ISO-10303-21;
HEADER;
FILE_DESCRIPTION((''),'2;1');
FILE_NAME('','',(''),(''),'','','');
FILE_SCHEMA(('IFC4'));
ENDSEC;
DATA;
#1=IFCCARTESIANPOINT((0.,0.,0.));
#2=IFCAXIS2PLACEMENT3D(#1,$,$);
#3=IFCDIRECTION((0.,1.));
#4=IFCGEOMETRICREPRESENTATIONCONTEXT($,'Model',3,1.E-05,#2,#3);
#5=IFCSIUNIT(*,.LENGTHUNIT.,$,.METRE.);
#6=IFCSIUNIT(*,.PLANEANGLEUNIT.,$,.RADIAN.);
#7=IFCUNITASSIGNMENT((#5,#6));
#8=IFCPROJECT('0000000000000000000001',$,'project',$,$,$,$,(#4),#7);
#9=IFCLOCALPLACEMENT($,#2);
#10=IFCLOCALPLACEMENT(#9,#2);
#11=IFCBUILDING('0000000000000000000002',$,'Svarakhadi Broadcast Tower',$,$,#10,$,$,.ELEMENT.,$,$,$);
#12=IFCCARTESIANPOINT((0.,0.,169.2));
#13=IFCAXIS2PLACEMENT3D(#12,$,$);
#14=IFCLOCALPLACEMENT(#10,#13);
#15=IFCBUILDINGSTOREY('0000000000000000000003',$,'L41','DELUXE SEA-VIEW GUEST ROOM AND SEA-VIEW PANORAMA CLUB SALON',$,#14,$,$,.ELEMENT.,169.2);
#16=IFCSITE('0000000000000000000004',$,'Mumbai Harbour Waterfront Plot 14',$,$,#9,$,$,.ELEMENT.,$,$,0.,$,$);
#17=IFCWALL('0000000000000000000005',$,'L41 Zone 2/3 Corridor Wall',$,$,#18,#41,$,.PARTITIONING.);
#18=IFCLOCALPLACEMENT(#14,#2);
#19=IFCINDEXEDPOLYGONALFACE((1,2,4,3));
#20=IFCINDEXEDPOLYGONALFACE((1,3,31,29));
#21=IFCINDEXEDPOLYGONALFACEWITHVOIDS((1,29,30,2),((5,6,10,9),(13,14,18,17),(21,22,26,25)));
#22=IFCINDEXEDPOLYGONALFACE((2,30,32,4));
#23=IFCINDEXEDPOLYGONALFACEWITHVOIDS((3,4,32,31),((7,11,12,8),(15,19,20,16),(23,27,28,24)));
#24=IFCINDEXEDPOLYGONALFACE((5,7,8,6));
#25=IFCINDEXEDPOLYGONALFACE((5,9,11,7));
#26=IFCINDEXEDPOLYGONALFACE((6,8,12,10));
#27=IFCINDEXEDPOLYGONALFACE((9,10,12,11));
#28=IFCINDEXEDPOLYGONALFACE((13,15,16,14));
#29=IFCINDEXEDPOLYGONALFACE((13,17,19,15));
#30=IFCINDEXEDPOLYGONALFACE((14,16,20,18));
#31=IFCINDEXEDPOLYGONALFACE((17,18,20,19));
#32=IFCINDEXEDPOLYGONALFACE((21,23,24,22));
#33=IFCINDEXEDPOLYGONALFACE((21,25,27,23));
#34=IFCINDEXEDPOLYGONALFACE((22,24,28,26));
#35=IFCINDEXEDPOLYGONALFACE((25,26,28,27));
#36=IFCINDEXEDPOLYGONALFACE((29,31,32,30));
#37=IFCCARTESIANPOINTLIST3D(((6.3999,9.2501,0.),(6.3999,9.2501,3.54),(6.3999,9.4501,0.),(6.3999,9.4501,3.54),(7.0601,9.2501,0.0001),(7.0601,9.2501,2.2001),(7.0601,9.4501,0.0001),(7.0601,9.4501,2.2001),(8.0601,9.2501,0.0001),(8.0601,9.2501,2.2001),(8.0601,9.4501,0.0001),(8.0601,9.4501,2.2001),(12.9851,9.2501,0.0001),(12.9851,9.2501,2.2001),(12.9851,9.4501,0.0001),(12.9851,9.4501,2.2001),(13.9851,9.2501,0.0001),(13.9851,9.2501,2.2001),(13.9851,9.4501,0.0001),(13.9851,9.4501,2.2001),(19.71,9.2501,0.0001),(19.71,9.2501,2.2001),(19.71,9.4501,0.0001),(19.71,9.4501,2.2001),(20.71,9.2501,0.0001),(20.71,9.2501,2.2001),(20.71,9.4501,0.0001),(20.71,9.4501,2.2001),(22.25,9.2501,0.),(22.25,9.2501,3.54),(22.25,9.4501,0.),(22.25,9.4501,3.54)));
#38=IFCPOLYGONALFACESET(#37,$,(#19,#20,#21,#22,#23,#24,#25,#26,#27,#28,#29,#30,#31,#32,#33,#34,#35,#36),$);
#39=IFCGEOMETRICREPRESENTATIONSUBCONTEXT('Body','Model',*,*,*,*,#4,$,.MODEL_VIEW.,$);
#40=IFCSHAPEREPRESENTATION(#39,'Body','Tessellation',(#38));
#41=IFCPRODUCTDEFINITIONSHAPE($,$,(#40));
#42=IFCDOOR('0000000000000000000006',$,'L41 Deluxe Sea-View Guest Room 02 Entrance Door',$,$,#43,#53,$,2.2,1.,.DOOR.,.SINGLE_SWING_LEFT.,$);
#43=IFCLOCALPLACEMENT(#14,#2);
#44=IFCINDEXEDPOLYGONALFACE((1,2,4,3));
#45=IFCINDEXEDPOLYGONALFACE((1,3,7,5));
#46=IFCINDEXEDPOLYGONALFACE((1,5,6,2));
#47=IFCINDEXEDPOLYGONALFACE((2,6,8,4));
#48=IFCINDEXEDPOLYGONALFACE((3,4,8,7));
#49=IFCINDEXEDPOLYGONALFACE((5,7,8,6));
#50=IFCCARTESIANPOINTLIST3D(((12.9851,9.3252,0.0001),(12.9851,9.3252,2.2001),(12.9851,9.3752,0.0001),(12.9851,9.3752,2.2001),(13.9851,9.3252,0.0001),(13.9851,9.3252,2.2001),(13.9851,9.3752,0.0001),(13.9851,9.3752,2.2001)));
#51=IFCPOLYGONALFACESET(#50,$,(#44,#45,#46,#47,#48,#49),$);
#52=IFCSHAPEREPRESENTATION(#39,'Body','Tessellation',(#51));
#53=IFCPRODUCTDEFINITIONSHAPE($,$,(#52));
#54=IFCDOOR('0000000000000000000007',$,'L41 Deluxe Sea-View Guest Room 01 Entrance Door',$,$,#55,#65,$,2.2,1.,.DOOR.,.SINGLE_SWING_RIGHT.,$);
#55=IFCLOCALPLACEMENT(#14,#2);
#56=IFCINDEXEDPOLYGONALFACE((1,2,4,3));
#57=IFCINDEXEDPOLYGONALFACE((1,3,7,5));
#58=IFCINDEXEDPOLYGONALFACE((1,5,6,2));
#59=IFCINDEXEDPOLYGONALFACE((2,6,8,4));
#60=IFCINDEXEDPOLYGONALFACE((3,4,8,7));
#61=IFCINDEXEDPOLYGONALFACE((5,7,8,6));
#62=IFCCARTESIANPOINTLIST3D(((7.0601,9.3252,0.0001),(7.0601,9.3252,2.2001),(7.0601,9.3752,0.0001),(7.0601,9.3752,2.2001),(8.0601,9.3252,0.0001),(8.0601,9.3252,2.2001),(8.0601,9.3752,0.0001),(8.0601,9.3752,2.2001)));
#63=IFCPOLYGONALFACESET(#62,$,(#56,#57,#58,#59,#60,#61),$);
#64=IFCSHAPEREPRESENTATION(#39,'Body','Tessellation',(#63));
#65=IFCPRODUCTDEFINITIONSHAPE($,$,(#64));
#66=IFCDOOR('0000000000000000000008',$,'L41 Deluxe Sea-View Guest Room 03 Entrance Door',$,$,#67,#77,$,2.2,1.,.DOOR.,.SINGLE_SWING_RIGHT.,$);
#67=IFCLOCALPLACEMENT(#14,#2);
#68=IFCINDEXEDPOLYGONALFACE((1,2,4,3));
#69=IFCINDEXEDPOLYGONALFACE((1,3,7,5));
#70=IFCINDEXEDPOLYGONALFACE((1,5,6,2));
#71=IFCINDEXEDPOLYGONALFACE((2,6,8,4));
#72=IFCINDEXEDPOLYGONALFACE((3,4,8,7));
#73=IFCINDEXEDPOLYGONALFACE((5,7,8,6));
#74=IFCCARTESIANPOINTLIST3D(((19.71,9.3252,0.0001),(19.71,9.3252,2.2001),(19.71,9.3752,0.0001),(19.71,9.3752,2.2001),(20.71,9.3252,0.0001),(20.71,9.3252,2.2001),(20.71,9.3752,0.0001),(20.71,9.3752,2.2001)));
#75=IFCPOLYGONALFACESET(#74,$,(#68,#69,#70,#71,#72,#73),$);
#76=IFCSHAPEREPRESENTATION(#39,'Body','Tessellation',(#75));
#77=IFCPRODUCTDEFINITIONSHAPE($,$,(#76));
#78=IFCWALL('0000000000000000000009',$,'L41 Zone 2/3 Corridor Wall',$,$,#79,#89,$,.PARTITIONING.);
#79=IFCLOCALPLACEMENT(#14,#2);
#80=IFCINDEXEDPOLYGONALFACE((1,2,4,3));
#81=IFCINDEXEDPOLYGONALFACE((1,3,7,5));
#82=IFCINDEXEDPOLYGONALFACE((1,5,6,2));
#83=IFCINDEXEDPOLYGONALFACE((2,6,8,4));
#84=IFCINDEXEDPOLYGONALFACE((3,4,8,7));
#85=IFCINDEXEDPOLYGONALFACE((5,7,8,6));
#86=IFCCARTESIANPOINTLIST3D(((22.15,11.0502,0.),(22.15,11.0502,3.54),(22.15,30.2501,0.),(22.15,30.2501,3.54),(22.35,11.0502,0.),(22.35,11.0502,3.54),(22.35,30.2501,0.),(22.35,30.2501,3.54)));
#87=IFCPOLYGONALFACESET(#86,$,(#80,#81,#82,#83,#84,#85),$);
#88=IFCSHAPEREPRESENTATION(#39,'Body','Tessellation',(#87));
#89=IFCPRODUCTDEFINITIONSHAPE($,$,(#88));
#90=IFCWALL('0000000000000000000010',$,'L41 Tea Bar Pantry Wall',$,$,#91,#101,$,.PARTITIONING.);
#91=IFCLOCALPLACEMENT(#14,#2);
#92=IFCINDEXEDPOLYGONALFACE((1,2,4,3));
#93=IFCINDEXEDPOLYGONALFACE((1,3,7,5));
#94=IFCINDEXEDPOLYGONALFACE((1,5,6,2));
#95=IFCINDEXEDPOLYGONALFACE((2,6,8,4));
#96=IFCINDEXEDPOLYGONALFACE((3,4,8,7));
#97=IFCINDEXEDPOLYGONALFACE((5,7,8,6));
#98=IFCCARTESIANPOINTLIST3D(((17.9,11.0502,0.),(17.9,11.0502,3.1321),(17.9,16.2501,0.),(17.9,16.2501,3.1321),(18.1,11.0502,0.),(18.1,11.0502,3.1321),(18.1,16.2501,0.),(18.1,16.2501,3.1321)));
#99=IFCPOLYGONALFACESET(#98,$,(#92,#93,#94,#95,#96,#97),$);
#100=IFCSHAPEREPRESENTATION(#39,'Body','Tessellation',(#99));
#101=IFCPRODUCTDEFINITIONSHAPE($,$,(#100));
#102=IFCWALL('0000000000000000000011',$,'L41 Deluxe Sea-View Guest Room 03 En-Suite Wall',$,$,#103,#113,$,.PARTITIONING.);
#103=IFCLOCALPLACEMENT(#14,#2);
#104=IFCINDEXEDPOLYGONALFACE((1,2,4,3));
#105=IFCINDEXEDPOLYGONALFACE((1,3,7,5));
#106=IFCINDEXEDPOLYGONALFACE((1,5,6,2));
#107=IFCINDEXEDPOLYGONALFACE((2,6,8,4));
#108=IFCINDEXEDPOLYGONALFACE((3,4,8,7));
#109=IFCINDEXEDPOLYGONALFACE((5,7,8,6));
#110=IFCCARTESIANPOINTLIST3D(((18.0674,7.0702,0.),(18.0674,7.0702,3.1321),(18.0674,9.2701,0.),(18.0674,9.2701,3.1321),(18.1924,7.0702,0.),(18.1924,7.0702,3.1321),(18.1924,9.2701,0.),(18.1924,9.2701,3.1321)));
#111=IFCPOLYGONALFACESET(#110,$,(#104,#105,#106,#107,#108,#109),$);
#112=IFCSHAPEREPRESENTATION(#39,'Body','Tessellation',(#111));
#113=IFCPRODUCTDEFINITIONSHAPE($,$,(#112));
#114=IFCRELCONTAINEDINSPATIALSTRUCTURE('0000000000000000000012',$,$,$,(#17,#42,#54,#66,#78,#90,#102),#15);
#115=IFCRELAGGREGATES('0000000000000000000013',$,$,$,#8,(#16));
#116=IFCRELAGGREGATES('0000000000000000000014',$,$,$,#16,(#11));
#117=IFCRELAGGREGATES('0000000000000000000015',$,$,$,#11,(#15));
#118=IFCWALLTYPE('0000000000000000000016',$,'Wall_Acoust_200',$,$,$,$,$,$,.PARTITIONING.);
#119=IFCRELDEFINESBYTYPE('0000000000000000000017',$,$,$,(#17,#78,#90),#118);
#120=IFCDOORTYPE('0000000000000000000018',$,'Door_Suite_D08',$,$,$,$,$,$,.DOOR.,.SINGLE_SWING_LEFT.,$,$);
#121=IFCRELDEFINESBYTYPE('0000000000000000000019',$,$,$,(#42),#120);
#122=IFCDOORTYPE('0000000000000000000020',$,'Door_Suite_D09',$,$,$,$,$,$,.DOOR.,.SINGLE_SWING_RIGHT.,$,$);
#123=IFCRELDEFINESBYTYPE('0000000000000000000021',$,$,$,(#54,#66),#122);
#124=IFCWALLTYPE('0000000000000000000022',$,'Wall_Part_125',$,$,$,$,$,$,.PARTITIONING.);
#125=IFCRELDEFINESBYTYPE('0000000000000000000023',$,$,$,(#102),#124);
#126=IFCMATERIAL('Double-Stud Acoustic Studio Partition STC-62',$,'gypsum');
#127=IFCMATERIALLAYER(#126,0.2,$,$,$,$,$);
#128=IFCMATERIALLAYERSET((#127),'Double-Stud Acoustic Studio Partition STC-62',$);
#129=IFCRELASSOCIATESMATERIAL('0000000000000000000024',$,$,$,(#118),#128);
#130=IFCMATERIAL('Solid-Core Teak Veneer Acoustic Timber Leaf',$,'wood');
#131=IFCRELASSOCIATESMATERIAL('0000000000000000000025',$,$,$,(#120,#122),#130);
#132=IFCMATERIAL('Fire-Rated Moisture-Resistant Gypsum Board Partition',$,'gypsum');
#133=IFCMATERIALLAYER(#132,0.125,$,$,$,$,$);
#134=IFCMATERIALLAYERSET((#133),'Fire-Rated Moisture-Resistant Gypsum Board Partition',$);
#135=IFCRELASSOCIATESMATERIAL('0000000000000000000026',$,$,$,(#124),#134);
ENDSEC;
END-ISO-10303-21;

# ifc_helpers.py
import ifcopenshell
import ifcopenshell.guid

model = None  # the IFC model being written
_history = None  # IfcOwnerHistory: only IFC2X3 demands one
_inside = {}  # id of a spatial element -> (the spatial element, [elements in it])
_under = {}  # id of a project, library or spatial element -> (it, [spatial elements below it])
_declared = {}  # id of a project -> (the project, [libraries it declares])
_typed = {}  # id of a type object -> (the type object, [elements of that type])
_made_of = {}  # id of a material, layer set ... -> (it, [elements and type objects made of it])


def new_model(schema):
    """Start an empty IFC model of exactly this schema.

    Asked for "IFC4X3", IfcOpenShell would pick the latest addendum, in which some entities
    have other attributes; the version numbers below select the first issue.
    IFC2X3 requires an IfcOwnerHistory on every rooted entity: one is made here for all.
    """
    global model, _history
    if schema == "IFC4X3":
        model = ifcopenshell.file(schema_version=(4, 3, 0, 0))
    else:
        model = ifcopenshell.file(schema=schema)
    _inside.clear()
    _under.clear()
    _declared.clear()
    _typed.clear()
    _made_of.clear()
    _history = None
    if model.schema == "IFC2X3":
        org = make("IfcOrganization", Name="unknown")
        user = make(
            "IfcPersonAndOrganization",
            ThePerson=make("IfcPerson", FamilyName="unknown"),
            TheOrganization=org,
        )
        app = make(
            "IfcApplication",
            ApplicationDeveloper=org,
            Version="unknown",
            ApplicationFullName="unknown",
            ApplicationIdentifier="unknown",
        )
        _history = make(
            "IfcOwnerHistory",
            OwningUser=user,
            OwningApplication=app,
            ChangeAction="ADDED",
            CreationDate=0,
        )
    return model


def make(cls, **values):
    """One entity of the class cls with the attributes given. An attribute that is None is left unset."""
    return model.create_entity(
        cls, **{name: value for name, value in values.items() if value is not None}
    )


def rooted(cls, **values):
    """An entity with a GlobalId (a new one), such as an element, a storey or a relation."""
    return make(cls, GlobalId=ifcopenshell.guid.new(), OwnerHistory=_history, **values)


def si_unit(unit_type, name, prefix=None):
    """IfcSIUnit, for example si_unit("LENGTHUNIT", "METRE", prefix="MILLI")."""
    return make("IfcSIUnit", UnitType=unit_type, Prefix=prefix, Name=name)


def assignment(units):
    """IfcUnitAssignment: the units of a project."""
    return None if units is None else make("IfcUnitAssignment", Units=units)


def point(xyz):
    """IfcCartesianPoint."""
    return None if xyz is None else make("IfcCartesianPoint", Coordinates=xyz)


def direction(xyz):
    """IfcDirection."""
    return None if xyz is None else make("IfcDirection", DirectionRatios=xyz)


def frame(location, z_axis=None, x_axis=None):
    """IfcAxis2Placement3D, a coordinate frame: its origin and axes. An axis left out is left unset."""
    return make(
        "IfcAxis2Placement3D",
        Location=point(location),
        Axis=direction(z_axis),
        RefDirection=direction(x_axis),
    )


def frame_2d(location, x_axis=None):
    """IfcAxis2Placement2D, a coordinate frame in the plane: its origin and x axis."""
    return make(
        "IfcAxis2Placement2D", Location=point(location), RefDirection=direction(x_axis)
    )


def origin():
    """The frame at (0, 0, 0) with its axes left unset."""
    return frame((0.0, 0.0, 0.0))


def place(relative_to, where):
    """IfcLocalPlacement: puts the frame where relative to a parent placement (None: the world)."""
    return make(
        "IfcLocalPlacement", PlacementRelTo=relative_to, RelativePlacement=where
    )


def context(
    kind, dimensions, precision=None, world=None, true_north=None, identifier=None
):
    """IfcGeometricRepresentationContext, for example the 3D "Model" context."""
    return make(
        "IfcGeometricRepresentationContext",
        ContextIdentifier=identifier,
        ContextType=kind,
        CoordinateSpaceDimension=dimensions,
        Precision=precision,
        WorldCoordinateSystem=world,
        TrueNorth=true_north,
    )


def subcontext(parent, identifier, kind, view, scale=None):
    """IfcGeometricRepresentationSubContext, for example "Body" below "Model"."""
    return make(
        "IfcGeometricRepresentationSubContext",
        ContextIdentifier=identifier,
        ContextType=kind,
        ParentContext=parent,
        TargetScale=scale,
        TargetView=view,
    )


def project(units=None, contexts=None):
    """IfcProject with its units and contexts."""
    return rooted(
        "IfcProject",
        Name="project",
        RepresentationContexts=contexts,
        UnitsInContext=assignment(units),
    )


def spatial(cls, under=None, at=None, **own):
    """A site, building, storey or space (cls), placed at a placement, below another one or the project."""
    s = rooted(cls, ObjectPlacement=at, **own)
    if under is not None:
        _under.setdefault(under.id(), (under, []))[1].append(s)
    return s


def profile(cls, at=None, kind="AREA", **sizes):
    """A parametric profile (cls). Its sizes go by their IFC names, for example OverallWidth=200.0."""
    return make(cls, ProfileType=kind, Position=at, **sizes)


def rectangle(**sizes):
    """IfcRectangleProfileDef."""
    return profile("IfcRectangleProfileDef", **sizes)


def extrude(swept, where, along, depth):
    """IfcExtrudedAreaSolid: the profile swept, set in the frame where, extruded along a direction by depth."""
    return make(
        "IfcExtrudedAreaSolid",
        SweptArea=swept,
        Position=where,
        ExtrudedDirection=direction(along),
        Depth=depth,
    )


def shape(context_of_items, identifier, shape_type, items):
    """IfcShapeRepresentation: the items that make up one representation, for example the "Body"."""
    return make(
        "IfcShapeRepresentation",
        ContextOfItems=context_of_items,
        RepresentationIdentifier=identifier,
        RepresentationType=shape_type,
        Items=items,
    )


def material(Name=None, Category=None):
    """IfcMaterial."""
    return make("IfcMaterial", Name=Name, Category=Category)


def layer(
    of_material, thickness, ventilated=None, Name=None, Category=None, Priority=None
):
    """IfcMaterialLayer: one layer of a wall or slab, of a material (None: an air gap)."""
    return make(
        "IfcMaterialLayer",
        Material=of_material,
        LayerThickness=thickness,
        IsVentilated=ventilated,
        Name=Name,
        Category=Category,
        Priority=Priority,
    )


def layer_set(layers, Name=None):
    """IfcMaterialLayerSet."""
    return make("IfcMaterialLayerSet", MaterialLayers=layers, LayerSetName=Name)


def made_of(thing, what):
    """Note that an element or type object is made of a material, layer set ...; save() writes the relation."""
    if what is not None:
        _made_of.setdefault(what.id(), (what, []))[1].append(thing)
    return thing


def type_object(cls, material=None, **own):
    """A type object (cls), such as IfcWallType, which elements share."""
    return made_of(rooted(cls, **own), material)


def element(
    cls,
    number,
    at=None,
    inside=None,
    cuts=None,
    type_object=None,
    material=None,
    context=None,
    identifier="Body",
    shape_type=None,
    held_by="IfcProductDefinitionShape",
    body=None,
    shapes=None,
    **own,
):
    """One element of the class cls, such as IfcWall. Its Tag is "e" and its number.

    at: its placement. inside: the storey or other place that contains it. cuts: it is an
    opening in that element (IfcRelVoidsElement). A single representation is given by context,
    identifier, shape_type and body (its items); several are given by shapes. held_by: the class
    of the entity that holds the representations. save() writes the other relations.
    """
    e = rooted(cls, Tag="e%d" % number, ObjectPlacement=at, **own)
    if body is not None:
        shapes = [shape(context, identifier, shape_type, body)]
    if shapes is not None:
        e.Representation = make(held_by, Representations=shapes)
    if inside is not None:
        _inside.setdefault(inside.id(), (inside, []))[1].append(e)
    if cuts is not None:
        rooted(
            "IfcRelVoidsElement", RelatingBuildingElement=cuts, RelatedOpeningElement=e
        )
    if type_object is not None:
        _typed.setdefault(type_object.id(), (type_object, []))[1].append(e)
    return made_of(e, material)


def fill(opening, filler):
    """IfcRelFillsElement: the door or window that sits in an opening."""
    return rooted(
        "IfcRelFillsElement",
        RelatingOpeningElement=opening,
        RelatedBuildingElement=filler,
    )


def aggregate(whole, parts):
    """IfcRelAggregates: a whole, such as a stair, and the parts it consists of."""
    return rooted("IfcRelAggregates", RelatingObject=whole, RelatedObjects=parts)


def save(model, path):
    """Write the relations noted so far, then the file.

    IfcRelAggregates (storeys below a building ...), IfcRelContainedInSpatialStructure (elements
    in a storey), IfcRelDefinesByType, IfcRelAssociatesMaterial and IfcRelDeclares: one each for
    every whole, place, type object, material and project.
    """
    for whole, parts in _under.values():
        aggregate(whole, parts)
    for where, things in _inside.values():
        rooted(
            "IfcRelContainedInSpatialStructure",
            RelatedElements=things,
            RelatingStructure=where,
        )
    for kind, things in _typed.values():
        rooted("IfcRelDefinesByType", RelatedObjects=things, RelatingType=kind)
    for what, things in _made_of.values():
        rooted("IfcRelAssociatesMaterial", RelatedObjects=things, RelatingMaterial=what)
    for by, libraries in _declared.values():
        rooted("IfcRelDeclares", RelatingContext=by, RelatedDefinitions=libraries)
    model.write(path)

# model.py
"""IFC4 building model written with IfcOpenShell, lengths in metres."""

from ifc_helpers import new_model, si_unit, direction, frame, frame_2d, origin, place, context, subcontext, project, spatial, rectangle, extrude, material, layer, layer_set, type_object, element, fill, save


model = new_model("IFC4")

# Units and contexts
model_context = context("Model", 3, precision=1e-05, world=origin(), true_north=direction((0.0, 1.0)))
body_context = subcontext(model_context, "Body", "Model", "MODEL_VIEW")
ifc_project = project(units=[si_unit("LENGTHUNIT", "METRE"), si_unit("PLANEANGLEUNIT", "RADIAN")], contexts=[model_context])

# Site, building, storey
site_placement = place(None, origin())
site = spatial("IfcSite", under=ifc_project, at=site_placement, Name="Mumbai Harbour Waterfront Plot 14", CompositionType="ELEMENT", RefElevation=0.0)
building_placement = place(site_placement, origin())
building = spatial("IfcBuilding", under=site, at=building_placement, Name="Svarakhadi Broadcast Tower", CompositionType="ELEMENT")
storey_placement = place(building_placement, frame((0.0, 0.0, 169.2)))
storey = spatial("IfcBuildingStorey", under=building, at=storey_placement, Name="L41", Description="DELUXE SEA-VIEW GUEST ROOM AND SEA-VIEW PANORAMA CLUB SALON", CompositionType="ELEMENT", Elevation=169.2)

# Shared definitions
ifc_material_1 = material(Name="Double-Stud Acoustic Studio Partition STC-62", Category="gypsum")
ifc_layer_1 = layer(ifc_material_1, 0.2)
ifc_layer_set_1 = layer_set([ifc_layer_1], Name="Double-Stud Acoustic Studio Partition STC-62")
wall_type_1 = type_object("IfcWallType", Name="Wall_Acoust_200", PredefinedType="PARTITIONING", material=ifc_layer_set_1)

# Wall, openings, doors
wall_1_placement = place(storey_placement, frame((22.25, 9.3501, 0.0), z_axis=(0.0, 0.0, 1.0), x_axis=(-1.0, 0.0, 0.0)))
wall_1 = element("IfcWall", 1, at=wall_1_placement, inside=storey, type_object=wall_type_1, Name="L41 Zone 2/3 Corridor Wall", PredefinedType="PARTITIONING", context=body_context, shape_type="SweptSolid", body=[
    extrude(rectangle(XDim=15.8501, YDim=0.2, at=frame_2d((7.925, 0.0))), origin(), (0.0, 0.0, 1.0), 3.54),
])
opening_1_placement = place(wall_1_placement, frame((14.1899, 0.0, 0.0)))
opening_1 = element("IfcOpeningElement", 2, at=opening_1_placement, cuts=wall_1, PredefinedType="OPENING", context=body_context, shape_type="SweptSolid", body=[
    extrude(rectangle(XDim=1.0, YDim=2.2, at=frame_2d((0.5, 1.1001))), frame((0.0, 0.1099, 0.0), z_axis=(0.0, -1.0, 0.0), x_axis=(1.0, 0.0, 0.0)), (0.0, 0.0, 1.0), 0.22),
])
opening_2_placement = place(wall_1_placement, frame((8.2649, 0.0, 0.0)))
opening_2 = element("IfcOpeningElement", 3, at=opening_2_placement, cuts=wall_1, PredefinedType="OPENING", context=body_context, shape_type="SweptSolid", body=[
    extrude(rectangle(XDim=1.0, YDim=2.2, at=frame_2d((0.5, 1.1001))), frame((0.0, 0.1099, 0.0), z_axis=(0.0, -1.0, 0.0), x_axis=(1.0, 0.0, 0.0)), (0.0, 0.0, 1.0), 0.22),
])
opening_3_placement = place(wall_1_placement, frame((1.54, 0.0, 0.0)))
opening_3 = element("IfcOpeningElement", 4, at=opening_3_placement, cuts=wall_1, PredefinedType="OPENING", context=body_context, shape_type="SweptSolid", body=[
    extrude(rectangle(XDim=1.0, YDim=2.2, at=frame_2d((0.5, 1.1001))), frame((0.0, 0.1099, 0.0), z_axis=(0.0, -1.0, 0.0), x_axis=(1.0, 0.0, 0.0)), (0.0, 0.0, 1.0), 0.22),
])
ifc_material_2 = material(Name="Solid-Core Teak Veneer Acoustic Timber Leaf", Category="wood")
door_type_1 = type_object("IfcDoorType", Name="Door_Suite_D08", OperationType="SINGLE_SWING_LEFT", PredefinedType="DOOR", material=ifc_material_2)
door_1_placement = place(opening_2_placement, origin())
door_1 = element("IfcDoor", 5, at=door_1_placement, inside=storey, type_object=door_type_1, Name="L41 Deluxe Sea-View Guest Room 02 Entrance Door", OperationType="SINGLE_SWING_LEFT", OverallHeight=2.2, OverallWidth=1.0, PredefinedType="DOOR", context=body_context, shape_type="SweptSolid", body=[
    extrude(rectangle(XDim=1.0, YDim=2.2, at=frame_2d((0.5, 1.1001))), frame((0.0, 0.0249, 0.0), z_axis=(0.0, -1.0, 0.0), x_axis=(1.0, 0.0, 0.0)), (0.0, 0.0, 1.0), 0.05),
])
fill(opening_2, door_1)
door_type_2 = type_object("IfcDoorType", Name="Door_Suite_D09", OperationType="SINGLE_SWING_RIGHT", PredefinedType="DOOR", material=ifc_material_2)
door_2_placement = place(opening_1_placement, origin())
door_2 = element("IfcDoor", 6, at=door_2_placement, inside=storey, type_object=door_type_2, Name="L41 Deluxe Sea-View Guest Room 01 Entrance Door", OperationType="SINGLE_SWING_RIGHT", OverallHeight=2.2, OverallWidth=1.0, PredefinedType="DOOR", context=body_context, shape_type="SweptSolid", body=[
    extrude(rectangle(XDim=1.0, YDim=2.2, at=frame_2d((0.5, 1.1001))), frame((0.0, 0.0249, 0.0), z_axis=(0.0, -1.0, 0.0), x_axis=(1.0, 0.0, 0.0)), (0.0, 0.0, 1.0), 0.05),
])
fill(opening_1, door_2)
door_3_placement = place(opening_3_placement, origin())
door_3 = element("IfcDoor", 7, at=door_3_placement, inside=storey, type_object=door_type_2, Name="L41 Deluxe Sea-View Guest Room 03 Entrance Door", OperationType="SINGLE_SWING_RIGHT", OverallHeight=2.2, OverallWidth=1.0, PredefinedType="DOOR", context=body_context, shape_type="SweptSolid", body=[
    extrude(rectangle(XDim=1.0, YDim=2.2, at=frame_2d((0.5, 1.1001))), frame((0.0, 0.0249, 0.0), z_axis=(0.0, -1.0, 0.0), x_axis=(1.0, 0.0, 0.0)), (0.0, 0.0, 1.0), 0.05),
])
fill(opening_3, door_3)

# Walls
wall_2_placement = place(storey_placement, frame((22.25, 11.05, 0.0), z_axis=(0.0, 0.0, 1.0), x_axis=(0.0, 1.0, 0.0)))
element("IfcWall", 8, at=wall_2_placement, inside=storey, type_object=wall_type_1, Name="L41 Zone 2/3 Corridor Wall", PredefinedType="PARTITIONING", context=body_context, shape_type="SweptSolid", body=[
    extrude(rectangle(XDim=19.2, YDim=0.2, at=frame_2d((9.6001, 0.0))), origin(), (0.0, 0.0, 1.0), 3.54),
])
wall_3_placement = place(storey_placement, frame((18.0, 11.05, 0.0), z_axis=(0.0, 0.0, 1.0), x_axis=(0.0, 1.0, 0.0)))
element("IfcWall", 9, at=wall_3_placement, inside=storey, type_object=wall_type_1, Name="L41 Tea Bar Pantry Wall", PredefinedType="PARTITIONING", context=body_context, shape_type="SweptSolid", body=[
    extrude(rectangle(XDim=5.2, YDim=0.2, at=frame_2d((2.6001, 0.0))), origin(), (0.0, 0.0, 1.0), 3.1321),
])
ifc_material_3 = material(Name="Fire-Rated Moisture-Resistant Gypsum Board Partition", Category="gypsum")
ifc_layer_2 = layer(ifc_material_3, 0.125)
ifc_layer_set_2 = layer_set([ifc_layer_2], Name="Fire-Rated Moisture-Resistant Gypsum Board Partition")
wall_type_2 = type_object("IfcWallType", Name="Wall_Part_125", PredefinedType="PARTITIONING", material=ifc_layer_set_2)
wall_4_placement = place(storey_placement, frame((18.1299, 7.0701, 0.0), z_axis=(0.0, 0.0, 1.0), x_axis=(0.0, 1.0, 0.0)))
element("IfcWall", 10, at=wall_4_placement, inside=storey, type_object=wall_type_2, Name="L41 Deluxe Sea-View Guest Room 03 En-Suite Wall", PredefinedType="PARTITIONING", context=body_context, shape_type="SweptSolid", body=[
    extrude(rectangle(XDim=2.2, YDim=0.125, at=frame_2d((1.1001, 0.0))), origin(), (0.0, 0.0, 1.0), 3.1321),
])

save(model, "model.ifc")
